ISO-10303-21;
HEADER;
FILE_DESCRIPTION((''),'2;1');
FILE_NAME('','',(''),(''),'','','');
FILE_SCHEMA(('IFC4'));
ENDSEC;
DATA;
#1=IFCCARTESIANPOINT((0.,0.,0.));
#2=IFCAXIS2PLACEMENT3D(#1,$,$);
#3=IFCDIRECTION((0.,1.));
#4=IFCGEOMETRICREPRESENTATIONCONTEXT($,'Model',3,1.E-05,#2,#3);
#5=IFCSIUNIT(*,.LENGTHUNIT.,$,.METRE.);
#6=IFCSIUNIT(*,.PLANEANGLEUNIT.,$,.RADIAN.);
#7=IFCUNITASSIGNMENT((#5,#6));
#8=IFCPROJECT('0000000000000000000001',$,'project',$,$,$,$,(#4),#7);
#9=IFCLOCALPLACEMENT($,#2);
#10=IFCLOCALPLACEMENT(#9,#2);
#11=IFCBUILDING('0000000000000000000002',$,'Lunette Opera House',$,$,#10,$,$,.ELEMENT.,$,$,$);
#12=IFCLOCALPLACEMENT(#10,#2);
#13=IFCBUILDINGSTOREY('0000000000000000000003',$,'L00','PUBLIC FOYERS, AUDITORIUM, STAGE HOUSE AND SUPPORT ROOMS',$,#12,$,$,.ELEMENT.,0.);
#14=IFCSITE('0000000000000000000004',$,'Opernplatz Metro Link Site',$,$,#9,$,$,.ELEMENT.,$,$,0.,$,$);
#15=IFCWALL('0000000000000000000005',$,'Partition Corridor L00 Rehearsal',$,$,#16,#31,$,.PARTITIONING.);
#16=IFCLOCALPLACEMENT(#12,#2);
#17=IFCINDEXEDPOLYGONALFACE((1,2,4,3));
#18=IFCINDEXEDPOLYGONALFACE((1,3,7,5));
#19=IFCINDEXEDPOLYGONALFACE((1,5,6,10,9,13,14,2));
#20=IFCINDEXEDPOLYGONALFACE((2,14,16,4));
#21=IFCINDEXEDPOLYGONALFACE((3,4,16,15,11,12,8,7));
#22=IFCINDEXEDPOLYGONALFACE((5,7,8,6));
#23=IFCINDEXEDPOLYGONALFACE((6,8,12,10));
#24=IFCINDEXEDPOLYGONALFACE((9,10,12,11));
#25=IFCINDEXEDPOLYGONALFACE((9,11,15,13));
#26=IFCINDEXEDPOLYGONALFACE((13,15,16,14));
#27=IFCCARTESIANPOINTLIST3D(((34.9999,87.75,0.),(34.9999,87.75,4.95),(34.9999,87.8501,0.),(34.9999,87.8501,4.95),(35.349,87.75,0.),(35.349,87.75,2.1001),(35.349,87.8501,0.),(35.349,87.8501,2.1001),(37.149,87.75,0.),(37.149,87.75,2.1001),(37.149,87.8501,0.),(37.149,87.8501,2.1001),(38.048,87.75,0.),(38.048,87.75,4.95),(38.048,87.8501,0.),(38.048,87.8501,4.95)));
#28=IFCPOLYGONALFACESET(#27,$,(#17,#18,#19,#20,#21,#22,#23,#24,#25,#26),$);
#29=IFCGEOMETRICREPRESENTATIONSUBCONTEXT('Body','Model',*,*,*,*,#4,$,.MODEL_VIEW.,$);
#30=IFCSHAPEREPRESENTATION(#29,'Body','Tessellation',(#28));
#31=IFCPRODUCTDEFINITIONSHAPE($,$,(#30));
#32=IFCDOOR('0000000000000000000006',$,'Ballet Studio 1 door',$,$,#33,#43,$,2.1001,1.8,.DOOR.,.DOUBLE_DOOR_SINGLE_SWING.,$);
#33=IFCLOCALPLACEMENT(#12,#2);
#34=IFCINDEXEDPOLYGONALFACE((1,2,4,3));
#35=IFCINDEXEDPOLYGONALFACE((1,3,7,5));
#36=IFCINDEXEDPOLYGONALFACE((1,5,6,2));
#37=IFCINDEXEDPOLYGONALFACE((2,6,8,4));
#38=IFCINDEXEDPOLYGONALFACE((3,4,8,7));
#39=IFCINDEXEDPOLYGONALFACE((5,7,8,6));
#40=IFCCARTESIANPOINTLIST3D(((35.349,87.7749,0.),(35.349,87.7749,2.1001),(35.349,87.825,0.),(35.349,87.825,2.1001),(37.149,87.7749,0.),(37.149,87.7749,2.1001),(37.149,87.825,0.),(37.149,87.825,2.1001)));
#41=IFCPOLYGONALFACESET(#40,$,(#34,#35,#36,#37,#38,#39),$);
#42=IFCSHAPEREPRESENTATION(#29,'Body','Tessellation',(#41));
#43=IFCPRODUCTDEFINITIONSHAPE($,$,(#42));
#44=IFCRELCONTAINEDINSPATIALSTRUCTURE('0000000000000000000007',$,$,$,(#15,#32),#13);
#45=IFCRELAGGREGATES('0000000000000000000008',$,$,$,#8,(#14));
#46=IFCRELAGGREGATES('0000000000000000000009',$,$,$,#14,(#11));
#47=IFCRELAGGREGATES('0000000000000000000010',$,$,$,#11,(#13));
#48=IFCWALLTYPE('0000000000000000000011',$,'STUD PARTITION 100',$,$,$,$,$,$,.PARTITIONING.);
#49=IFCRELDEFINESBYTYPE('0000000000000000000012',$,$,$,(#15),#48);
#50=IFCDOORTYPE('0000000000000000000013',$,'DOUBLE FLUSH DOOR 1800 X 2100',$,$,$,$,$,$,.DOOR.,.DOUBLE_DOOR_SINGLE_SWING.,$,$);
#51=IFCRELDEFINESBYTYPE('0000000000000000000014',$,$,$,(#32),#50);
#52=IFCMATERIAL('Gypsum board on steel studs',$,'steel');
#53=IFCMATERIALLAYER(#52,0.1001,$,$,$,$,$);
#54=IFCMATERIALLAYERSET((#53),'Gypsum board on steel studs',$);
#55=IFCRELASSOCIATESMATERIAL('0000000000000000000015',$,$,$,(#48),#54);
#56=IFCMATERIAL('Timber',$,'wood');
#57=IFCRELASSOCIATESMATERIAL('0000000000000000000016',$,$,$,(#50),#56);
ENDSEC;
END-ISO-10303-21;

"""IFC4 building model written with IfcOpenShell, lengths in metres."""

from ifc_helpers import new_model, si_unit, direction, frame, frame_2d, origin, place, context, subcontext, project, spatial, rectangle, extrude, material, layer, layer_set, type_object, element, fill, save


model = new_model("IFC4")

# Units and contexts
model_context = context("Model", 3, precision=1e-05, world=origin(), true_north=direction((0.0, 1.0)))
body_context = subcontext(model_context, "Body", "Model", "MODEL_VIEW")
ifc_project = project(units=[si_unit("LENGTHUNIT", "METRE"), si_unit("PLANEANGLEUNIT", "RADIAN")], contexts=[model_context])

# Site, building, storey
site_placement = place(None, origin())
site = spatial("IfcSite", under=ifc_project, at=site_placement, Name="Opernplatz Metro Link Site", CompositionType="ELEMENT", RefElevation=0.0)
building_placement = place(site_placement, origin())
building = spatial("IfcBuilding", under=site, at=building_placement, Name="Lunette Opera House", CompositionType="ELEMENT")
storey_placement = place(building_placement, origin())
storey = spatial("IfcBuildingStorey", under=building, at=storey_placement, Name="L00", Description="PUBLIC FOYERS, AUDITORIUM, STAGE HOUSE AND SUPPORT ROOMS", CompositionType="ELEMENT", Elevation=0.0)

# Shared definitions
ifc_material_1 = material(Name="Gypsum board on steel studs", Category="steel")
ifc_layer = layer(ifc_material_1, 0.1001)
ifc_layer_set = layer_set([ifc_layer], Name="Gypsum board on steel studs")
wall_type = type_object("IfcWallType", Name="STUD PARTITION 100", PredefinedType="PARTITIONING", material=ifc_layer_set)

# Wall, opening, door
wall_1_placement = place(storey_placement, frame((35.0, 87.8, 0.0), z_axis=(0.0, 0.0, 1.0), x_axis=(1.0, 0.0, 0.0)))
wall_1 = element("IfcWall", 1, at=wall_1_placement, inside=storey, type_object=wall_type, Name="Partition Corridor L00 Rehearsal", PredefinedType="PARTITIONING", context=body_context, shape_type="SweptSolid", body=[
    extrude(rectangle(XDim=3.0481, YDim=0.1001, at=frame_2d((1.5239, 0.0))), origin(), (0.0, 0.0, 1.0), 4.95),
])
opening_placement = place(wall_1_placement, frame((0.3491, 0.0, 0.0)))
opening = element("IfcOpeningElement", 2, at=opening_placement, cuts=wall_1, PredefinedType="OPENING", context=body_context, shape_type="SweptSolid", body=[
    extrude(rectangle(XDim=1.8, YDim=2.1001, at=frame_2d((0.8999, 1.05))), frame((0.0, 0.062, 0.0), z_axis=(0.0, -1.0, 0.0), x_axis=(1.0, 0.0, 0.0)), (0.0, 0.0, 1.0), 0.124),
])
ifc_material_2 = material(Name="Timber", Category="wood")
door_type = type_object("IfcDoorType", Name="DOUBLE FLUSH DOOR 1800 X 2100", OperationType="DOUBLE_DOOR_SINGLE_SWING", PredefinedType="DOOR", material=ifc_material_2)
door_placement = place(opening_placement, origin())
door = element("IfcDoor", 3, at=door_placement, inside=storey, type_object=door_type, Name="Ballet Studio 1 door", OperationType="DOUBLE_DOOR_SINGLE_SWING", OverallHeight=2.1001, OverallWidth=1.8, PredefinedType="DOOR", context=body_context, shape_type="SweptSolid", body=[
    extrude(rectangle(XDim=1.8, YDim=2.1001, at=frame_2d((0.8999, 1.05))), frame((0.0, 0.0249, 0.0), z_axis=(0.0, -1.0, 0.0), x_axis=(1.0, 0.0, 0.0)), (0.0, 0.0, 1.0), 0.05),
])
fill(opening, door)

save(model, "model.ifc")
